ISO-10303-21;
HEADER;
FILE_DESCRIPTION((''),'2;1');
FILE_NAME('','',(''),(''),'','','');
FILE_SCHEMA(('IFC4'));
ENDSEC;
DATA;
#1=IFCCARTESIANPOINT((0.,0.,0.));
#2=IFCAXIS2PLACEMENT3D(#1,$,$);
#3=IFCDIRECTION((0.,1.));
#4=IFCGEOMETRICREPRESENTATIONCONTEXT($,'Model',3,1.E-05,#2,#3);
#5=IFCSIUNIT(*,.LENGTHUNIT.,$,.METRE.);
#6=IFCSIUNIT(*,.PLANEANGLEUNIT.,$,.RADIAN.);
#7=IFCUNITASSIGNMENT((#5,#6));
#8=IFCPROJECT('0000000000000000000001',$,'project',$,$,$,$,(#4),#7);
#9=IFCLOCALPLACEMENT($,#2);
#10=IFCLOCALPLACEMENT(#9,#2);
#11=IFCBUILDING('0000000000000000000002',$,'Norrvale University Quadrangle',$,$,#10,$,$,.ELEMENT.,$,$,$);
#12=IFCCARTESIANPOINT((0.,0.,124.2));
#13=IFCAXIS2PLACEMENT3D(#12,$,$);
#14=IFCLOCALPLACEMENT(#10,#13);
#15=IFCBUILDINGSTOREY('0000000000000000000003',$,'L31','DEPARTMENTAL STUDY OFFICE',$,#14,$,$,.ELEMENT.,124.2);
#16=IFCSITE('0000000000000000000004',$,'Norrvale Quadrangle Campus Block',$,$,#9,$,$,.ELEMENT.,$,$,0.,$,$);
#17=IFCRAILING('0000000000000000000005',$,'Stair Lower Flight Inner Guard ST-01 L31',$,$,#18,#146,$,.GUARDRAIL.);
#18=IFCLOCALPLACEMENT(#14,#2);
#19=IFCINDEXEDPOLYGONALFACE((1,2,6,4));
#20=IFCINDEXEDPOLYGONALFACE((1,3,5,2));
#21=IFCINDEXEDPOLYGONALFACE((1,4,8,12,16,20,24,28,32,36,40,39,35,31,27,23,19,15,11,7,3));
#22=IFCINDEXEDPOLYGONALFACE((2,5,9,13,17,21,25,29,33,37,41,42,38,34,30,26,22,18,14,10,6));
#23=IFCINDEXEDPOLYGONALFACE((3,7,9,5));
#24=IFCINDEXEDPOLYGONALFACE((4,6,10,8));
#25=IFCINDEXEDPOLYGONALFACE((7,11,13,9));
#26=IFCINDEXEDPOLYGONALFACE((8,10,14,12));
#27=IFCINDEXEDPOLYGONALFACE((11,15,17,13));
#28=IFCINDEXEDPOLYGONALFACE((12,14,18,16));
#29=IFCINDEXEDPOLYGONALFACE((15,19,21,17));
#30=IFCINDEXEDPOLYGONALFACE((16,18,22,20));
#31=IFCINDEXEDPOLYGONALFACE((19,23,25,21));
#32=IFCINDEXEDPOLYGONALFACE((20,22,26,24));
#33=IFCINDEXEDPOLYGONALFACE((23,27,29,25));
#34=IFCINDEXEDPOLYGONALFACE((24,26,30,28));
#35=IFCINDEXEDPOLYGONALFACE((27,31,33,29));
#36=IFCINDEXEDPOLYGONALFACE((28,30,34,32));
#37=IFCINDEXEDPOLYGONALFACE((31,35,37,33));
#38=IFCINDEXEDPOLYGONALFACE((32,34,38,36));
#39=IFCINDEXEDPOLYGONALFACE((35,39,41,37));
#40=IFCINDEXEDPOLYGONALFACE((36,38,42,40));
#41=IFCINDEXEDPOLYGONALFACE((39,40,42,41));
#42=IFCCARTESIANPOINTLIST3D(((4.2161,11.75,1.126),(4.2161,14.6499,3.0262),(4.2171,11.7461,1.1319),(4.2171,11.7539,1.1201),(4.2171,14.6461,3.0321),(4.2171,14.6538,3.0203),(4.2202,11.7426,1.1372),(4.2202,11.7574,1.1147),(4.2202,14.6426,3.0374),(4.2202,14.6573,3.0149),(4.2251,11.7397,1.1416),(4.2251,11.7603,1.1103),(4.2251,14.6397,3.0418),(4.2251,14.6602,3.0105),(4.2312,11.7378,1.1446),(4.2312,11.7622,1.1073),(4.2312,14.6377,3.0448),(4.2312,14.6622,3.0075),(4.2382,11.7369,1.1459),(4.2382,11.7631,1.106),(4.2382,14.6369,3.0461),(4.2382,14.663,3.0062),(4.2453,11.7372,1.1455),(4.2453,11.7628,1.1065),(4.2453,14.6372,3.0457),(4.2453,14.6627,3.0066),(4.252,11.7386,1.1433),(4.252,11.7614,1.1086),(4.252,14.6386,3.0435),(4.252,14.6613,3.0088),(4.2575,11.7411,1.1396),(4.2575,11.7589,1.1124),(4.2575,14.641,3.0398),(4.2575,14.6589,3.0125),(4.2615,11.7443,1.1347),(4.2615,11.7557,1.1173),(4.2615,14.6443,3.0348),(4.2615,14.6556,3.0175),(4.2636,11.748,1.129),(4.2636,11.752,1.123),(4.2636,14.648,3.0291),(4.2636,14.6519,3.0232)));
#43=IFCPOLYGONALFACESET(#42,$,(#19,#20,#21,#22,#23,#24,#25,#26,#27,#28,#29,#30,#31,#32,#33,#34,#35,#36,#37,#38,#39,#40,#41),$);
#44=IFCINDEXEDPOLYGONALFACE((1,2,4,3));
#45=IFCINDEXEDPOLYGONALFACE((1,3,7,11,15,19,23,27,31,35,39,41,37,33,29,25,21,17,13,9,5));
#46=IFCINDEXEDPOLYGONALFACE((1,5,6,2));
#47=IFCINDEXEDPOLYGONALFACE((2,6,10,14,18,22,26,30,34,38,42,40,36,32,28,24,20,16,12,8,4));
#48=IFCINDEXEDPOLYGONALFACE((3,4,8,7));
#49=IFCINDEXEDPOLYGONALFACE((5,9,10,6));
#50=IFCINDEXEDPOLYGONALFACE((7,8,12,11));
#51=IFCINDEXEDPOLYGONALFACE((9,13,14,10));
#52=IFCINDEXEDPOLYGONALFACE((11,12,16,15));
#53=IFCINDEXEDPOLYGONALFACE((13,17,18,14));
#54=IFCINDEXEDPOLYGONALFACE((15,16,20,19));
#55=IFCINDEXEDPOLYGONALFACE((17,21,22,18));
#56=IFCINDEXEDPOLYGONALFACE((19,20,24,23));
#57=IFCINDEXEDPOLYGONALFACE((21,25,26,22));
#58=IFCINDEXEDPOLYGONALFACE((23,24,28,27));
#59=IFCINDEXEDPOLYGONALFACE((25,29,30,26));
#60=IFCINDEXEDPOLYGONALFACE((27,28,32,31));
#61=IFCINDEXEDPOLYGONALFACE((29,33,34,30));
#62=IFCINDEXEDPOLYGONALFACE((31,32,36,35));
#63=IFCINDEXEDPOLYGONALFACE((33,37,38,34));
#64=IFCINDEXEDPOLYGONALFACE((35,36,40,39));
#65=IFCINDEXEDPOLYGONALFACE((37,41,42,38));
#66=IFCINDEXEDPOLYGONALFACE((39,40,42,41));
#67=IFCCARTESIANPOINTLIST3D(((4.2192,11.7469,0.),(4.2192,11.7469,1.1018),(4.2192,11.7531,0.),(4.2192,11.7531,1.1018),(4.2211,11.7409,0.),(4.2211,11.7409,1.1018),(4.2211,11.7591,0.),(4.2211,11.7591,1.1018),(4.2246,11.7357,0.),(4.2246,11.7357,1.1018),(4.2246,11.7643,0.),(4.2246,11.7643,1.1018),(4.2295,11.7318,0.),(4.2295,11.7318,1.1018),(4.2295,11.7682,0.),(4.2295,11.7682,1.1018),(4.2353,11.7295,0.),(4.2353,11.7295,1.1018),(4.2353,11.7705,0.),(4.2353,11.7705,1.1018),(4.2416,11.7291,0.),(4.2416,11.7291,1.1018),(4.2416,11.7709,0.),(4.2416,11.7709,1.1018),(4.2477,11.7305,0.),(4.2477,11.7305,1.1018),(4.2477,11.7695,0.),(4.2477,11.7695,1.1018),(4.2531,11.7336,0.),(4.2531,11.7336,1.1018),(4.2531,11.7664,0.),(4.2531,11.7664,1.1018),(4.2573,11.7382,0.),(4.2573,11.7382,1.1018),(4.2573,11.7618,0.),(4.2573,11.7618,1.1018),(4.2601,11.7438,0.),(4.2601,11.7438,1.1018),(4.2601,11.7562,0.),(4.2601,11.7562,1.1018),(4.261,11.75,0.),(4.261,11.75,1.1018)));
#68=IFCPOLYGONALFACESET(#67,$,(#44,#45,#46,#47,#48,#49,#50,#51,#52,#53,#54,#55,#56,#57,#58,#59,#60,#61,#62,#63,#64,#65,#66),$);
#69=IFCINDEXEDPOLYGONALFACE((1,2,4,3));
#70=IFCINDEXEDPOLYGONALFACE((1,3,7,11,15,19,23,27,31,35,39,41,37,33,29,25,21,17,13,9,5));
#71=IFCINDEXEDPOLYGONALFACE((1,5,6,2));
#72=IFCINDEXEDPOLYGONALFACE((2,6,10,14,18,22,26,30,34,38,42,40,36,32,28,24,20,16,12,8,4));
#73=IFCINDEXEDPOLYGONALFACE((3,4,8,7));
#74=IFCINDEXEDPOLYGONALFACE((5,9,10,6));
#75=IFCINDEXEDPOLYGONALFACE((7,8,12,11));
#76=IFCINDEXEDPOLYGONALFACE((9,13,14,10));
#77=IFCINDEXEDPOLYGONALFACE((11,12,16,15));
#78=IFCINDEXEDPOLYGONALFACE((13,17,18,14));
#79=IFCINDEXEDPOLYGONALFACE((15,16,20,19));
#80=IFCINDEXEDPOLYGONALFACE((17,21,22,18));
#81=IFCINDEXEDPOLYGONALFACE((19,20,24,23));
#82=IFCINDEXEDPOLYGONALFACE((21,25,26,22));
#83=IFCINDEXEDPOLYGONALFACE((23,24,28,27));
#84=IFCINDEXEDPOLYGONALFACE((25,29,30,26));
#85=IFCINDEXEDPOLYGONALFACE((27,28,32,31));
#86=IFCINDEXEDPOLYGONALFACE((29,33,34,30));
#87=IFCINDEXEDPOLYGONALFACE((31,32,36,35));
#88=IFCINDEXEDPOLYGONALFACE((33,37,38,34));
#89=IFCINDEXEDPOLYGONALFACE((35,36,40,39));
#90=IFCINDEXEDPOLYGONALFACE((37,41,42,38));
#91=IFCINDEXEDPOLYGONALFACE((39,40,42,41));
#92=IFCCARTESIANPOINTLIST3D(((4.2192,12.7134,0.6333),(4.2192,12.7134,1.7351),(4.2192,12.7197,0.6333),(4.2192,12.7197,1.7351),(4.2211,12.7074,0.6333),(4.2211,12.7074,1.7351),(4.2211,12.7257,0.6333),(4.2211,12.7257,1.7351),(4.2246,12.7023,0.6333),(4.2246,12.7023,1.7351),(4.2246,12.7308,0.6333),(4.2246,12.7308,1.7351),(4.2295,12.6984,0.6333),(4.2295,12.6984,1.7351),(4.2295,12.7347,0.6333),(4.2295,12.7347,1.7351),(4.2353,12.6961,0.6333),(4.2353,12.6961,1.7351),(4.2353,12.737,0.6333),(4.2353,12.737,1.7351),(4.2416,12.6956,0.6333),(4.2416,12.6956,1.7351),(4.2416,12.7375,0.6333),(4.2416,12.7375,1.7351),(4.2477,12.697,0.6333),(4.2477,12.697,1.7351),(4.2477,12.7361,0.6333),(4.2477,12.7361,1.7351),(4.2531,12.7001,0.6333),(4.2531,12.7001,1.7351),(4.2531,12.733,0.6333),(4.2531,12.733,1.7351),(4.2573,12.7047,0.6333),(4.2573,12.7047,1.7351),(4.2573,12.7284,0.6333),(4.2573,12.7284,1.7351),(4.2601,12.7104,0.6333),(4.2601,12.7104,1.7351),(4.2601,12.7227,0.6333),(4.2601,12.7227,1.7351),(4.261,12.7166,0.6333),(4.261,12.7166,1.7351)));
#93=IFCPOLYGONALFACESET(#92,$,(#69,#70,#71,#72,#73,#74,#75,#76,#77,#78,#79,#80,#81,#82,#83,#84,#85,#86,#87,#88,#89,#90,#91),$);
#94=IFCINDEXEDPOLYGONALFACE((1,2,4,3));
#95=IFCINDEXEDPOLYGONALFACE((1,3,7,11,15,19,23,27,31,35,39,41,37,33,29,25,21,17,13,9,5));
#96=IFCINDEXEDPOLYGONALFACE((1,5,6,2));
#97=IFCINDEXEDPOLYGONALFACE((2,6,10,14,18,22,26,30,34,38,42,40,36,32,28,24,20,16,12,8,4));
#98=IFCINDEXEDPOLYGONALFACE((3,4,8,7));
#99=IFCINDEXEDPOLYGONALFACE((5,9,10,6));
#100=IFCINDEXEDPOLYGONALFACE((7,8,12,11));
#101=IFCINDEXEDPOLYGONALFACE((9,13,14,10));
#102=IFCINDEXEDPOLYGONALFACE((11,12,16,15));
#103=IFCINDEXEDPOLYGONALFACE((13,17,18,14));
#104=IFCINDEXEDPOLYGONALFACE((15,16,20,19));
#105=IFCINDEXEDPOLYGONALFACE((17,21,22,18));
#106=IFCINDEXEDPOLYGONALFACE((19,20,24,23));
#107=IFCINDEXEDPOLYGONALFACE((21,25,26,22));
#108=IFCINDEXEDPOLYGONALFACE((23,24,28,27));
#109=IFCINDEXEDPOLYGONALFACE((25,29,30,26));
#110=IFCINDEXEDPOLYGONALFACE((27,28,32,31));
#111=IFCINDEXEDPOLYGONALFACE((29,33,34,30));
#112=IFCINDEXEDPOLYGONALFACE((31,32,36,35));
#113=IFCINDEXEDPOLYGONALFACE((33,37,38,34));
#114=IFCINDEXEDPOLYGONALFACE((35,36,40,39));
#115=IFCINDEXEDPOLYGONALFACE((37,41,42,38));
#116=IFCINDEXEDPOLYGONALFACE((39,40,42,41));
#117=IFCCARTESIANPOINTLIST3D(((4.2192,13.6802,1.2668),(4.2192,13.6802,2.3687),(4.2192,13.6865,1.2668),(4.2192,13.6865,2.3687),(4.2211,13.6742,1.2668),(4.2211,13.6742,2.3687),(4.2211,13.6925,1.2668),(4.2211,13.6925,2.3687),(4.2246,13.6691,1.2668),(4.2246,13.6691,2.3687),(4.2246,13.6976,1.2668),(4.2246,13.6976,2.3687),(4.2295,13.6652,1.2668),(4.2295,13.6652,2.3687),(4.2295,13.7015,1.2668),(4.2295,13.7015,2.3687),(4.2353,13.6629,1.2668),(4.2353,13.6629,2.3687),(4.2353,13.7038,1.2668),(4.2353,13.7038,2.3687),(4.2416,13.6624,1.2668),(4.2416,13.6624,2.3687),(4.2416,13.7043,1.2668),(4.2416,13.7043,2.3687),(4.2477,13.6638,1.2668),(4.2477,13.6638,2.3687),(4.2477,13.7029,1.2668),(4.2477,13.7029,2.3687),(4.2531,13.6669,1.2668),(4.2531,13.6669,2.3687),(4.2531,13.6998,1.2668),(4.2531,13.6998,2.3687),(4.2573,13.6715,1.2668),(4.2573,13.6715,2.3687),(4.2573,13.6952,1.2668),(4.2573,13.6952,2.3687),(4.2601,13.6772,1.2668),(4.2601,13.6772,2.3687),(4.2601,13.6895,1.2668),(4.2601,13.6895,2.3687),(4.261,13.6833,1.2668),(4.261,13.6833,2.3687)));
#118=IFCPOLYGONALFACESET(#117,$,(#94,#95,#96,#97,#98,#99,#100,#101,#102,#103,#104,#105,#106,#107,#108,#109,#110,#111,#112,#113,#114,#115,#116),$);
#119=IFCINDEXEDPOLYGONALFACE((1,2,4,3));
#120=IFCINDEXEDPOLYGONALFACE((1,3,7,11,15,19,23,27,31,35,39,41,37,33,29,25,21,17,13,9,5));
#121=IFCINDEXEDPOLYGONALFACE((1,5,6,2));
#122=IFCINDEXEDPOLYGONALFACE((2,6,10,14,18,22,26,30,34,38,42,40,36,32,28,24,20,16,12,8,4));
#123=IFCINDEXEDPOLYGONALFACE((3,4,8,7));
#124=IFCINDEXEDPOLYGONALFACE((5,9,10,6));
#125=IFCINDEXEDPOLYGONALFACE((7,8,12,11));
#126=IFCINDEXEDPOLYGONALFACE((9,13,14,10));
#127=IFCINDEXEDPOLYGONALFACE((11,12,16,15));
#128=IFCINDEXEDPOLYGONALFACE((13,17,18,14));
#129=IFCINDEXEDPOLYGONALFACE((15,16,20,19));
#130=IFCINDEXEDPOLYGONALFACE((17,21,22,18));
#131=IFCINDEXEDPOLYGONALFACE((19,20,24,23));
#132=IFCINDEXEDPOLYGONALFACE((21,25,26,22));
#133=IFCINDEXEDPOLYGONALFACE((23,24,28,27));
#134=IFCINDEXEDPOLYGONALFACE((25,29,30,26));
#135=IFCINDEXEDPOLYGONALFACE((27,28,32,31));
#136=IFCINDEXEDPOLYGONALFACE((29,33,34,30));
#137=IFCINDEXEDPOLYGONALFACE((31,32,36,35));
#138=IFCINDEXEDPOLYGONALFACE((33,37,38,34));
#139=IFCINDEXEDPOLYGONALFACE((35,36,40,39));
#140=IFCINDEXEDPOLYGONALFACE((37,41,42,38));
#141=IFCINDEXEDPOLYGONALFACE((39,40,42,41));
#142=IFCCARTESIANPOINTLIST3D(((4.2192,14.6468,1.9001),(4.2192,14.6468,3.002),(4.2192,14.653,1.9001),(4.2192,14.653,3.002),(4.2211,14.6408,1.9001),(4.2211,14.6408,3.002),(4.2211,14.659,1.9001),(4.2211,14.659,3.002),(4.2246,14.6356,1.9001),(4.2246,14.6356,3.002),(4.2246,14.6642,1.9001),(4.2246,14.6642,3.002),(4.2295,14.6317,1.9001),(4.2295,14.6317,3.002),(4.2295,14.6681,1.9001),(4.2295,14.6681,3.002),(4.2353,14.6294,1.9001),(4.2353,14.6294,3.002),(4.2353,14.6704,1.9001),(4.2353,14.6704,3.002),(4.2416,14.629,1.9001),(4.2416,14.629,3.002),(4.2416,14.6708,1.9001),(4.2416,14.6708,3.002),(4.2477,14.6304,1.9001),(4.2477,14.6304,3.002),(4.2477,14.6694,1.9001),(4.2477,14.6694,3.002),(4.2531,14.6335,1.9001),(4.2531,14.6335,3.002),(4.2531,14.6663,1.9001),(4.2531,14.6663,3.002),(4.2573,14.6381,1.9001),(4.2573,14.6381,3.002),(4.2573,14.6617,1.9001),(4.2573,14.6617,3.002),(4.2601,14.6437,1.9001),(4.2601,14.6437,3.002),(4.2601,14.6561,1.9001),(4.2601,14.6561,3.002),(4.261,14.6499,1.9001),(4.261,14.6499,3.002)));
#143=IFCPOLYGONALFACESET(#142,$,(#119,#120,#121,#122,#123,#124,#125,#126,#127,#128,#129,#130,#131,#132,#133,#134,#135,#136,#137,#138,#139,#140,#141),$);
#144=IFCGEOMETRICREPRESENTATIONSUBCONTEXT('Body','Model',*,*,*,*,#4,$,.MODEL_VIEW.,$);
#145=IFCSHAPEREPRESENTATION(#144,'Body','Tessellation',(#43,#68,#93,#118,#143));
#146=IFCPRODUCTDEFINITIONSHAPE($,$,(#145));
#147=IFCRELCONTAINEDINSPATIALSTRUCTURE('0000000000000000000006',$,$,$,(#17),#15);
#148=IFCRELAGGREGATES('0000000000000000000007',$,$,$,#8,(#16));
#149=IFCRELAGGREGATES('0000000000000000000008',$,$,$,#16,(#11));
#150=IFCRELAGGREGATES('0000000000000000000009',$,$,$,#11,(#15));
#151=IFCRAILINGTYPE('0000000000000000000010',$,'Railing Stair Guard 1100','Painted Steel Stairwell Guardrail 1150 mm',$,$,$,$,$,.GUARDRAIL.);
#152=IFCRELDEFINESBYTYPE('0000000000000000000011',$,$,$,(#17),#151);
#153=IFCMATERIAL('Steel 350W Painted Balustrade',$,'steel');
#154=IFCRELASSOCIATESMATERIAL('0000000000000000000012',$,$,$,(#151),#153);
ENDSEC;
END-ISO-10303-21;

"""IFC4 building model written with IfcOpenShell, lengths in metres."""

from ifc_helpers import new_model, si_unit, direction, frame, origin, origin_2d, place, context, subcontext, project, spatial, circle, extrude, material, type_object, element, save


model = new_model("IFC4")

# Units and contexts
model_context = context("Model", 3, precision=1e-05, world=origin(), true_north=direction((0.0, 1.0)))
body_context = subcontext(model_context, "Body", "Model", "MODEL_VIEW")
ifc_project = project(units=[si_unit("LENGTHUNIT", "METRE"), si_unit("PLANEANGLEUNIT", "RADIAN")], contexts=[model_context])

# Site, building, storey
site_placement = place(None, origin())
site = spatial("IfcSite", under=ifc_project, at=site_placement, Name="Norrvale Quadrangle Campus Block", CompositionType="ELEMENT", RefElevation=0.0)
building_placement = place(site_placement, origin())
building = spatial("IfcBuilding", under=site, at=building_placement, Name="Norrvale University Quadrangle", CompositionType="ELEMENT")
storey_placement = place(building_placement, frame((0.0, 0.0, 124.2)))
storey = spatial("IfcBuildingStorey", under=building, at=storey_placement, Name="L31", Description="DEPARTMENTAL STUDY OFFICE", CompositionType="ELEMENT", Elevation=124.2)

# Railing
ifc_material_1 = material(Name="Steel 350W Painted Balustrade", Category="steel")
railing_type_1 = type_object("IfcRailingType", Name="Railing Stair Guard 1100", Description="Painted Steel Stairwell Guardrail 1150 mm", PredefinedType="GUARDRAIL", material=ifc_material_1)
railing_1_placement = place(storey_placement, frame((4.24, 11.75, 0.0)))
element("IfcRailing", 1, at=railing_1_placement, inside=storey, type_object=railing_type_1, Name="Stair Lower Flight Inner Guard ST-01 L31", PredefinedType="GUARDRAIL", context=body_context, shape_type="SweptSolid", body=[
    extrude(circle(Radius=0.0239, at=origin_2d()), frame((0.0, 0.0, 1.126), z_axis=(0.0, 0.836433, 0.548069), x_axis=(-1.0, 0.0, 0.0)), (0.0, 0.0, 1.0), 3.467),
    extrude(circle(Radius=0.021, at=origin_2d()), origin(), (0.0, 0.0, 1.0), 1.1018),
    extrude(circle(Radius=0.021, at=origin_2d()), frame((0.0, 0.9666, 0.6333)), (0.0, 0.0, 1.0), 1.1018),
    extrude(circle(Radius=0.021, at=origin_2d()), frame((0.0, 1.9333, 1.2668)), (0.0, 0.0, 1.0), 1.1018),
    extrude(circle(Radius=0.021, at=origin_2d()), frame((0.0, 2.8999, 1.9001)), (0.0, 0.0, 1.0), 1.1018),
])

save(model, "model.ifc")
